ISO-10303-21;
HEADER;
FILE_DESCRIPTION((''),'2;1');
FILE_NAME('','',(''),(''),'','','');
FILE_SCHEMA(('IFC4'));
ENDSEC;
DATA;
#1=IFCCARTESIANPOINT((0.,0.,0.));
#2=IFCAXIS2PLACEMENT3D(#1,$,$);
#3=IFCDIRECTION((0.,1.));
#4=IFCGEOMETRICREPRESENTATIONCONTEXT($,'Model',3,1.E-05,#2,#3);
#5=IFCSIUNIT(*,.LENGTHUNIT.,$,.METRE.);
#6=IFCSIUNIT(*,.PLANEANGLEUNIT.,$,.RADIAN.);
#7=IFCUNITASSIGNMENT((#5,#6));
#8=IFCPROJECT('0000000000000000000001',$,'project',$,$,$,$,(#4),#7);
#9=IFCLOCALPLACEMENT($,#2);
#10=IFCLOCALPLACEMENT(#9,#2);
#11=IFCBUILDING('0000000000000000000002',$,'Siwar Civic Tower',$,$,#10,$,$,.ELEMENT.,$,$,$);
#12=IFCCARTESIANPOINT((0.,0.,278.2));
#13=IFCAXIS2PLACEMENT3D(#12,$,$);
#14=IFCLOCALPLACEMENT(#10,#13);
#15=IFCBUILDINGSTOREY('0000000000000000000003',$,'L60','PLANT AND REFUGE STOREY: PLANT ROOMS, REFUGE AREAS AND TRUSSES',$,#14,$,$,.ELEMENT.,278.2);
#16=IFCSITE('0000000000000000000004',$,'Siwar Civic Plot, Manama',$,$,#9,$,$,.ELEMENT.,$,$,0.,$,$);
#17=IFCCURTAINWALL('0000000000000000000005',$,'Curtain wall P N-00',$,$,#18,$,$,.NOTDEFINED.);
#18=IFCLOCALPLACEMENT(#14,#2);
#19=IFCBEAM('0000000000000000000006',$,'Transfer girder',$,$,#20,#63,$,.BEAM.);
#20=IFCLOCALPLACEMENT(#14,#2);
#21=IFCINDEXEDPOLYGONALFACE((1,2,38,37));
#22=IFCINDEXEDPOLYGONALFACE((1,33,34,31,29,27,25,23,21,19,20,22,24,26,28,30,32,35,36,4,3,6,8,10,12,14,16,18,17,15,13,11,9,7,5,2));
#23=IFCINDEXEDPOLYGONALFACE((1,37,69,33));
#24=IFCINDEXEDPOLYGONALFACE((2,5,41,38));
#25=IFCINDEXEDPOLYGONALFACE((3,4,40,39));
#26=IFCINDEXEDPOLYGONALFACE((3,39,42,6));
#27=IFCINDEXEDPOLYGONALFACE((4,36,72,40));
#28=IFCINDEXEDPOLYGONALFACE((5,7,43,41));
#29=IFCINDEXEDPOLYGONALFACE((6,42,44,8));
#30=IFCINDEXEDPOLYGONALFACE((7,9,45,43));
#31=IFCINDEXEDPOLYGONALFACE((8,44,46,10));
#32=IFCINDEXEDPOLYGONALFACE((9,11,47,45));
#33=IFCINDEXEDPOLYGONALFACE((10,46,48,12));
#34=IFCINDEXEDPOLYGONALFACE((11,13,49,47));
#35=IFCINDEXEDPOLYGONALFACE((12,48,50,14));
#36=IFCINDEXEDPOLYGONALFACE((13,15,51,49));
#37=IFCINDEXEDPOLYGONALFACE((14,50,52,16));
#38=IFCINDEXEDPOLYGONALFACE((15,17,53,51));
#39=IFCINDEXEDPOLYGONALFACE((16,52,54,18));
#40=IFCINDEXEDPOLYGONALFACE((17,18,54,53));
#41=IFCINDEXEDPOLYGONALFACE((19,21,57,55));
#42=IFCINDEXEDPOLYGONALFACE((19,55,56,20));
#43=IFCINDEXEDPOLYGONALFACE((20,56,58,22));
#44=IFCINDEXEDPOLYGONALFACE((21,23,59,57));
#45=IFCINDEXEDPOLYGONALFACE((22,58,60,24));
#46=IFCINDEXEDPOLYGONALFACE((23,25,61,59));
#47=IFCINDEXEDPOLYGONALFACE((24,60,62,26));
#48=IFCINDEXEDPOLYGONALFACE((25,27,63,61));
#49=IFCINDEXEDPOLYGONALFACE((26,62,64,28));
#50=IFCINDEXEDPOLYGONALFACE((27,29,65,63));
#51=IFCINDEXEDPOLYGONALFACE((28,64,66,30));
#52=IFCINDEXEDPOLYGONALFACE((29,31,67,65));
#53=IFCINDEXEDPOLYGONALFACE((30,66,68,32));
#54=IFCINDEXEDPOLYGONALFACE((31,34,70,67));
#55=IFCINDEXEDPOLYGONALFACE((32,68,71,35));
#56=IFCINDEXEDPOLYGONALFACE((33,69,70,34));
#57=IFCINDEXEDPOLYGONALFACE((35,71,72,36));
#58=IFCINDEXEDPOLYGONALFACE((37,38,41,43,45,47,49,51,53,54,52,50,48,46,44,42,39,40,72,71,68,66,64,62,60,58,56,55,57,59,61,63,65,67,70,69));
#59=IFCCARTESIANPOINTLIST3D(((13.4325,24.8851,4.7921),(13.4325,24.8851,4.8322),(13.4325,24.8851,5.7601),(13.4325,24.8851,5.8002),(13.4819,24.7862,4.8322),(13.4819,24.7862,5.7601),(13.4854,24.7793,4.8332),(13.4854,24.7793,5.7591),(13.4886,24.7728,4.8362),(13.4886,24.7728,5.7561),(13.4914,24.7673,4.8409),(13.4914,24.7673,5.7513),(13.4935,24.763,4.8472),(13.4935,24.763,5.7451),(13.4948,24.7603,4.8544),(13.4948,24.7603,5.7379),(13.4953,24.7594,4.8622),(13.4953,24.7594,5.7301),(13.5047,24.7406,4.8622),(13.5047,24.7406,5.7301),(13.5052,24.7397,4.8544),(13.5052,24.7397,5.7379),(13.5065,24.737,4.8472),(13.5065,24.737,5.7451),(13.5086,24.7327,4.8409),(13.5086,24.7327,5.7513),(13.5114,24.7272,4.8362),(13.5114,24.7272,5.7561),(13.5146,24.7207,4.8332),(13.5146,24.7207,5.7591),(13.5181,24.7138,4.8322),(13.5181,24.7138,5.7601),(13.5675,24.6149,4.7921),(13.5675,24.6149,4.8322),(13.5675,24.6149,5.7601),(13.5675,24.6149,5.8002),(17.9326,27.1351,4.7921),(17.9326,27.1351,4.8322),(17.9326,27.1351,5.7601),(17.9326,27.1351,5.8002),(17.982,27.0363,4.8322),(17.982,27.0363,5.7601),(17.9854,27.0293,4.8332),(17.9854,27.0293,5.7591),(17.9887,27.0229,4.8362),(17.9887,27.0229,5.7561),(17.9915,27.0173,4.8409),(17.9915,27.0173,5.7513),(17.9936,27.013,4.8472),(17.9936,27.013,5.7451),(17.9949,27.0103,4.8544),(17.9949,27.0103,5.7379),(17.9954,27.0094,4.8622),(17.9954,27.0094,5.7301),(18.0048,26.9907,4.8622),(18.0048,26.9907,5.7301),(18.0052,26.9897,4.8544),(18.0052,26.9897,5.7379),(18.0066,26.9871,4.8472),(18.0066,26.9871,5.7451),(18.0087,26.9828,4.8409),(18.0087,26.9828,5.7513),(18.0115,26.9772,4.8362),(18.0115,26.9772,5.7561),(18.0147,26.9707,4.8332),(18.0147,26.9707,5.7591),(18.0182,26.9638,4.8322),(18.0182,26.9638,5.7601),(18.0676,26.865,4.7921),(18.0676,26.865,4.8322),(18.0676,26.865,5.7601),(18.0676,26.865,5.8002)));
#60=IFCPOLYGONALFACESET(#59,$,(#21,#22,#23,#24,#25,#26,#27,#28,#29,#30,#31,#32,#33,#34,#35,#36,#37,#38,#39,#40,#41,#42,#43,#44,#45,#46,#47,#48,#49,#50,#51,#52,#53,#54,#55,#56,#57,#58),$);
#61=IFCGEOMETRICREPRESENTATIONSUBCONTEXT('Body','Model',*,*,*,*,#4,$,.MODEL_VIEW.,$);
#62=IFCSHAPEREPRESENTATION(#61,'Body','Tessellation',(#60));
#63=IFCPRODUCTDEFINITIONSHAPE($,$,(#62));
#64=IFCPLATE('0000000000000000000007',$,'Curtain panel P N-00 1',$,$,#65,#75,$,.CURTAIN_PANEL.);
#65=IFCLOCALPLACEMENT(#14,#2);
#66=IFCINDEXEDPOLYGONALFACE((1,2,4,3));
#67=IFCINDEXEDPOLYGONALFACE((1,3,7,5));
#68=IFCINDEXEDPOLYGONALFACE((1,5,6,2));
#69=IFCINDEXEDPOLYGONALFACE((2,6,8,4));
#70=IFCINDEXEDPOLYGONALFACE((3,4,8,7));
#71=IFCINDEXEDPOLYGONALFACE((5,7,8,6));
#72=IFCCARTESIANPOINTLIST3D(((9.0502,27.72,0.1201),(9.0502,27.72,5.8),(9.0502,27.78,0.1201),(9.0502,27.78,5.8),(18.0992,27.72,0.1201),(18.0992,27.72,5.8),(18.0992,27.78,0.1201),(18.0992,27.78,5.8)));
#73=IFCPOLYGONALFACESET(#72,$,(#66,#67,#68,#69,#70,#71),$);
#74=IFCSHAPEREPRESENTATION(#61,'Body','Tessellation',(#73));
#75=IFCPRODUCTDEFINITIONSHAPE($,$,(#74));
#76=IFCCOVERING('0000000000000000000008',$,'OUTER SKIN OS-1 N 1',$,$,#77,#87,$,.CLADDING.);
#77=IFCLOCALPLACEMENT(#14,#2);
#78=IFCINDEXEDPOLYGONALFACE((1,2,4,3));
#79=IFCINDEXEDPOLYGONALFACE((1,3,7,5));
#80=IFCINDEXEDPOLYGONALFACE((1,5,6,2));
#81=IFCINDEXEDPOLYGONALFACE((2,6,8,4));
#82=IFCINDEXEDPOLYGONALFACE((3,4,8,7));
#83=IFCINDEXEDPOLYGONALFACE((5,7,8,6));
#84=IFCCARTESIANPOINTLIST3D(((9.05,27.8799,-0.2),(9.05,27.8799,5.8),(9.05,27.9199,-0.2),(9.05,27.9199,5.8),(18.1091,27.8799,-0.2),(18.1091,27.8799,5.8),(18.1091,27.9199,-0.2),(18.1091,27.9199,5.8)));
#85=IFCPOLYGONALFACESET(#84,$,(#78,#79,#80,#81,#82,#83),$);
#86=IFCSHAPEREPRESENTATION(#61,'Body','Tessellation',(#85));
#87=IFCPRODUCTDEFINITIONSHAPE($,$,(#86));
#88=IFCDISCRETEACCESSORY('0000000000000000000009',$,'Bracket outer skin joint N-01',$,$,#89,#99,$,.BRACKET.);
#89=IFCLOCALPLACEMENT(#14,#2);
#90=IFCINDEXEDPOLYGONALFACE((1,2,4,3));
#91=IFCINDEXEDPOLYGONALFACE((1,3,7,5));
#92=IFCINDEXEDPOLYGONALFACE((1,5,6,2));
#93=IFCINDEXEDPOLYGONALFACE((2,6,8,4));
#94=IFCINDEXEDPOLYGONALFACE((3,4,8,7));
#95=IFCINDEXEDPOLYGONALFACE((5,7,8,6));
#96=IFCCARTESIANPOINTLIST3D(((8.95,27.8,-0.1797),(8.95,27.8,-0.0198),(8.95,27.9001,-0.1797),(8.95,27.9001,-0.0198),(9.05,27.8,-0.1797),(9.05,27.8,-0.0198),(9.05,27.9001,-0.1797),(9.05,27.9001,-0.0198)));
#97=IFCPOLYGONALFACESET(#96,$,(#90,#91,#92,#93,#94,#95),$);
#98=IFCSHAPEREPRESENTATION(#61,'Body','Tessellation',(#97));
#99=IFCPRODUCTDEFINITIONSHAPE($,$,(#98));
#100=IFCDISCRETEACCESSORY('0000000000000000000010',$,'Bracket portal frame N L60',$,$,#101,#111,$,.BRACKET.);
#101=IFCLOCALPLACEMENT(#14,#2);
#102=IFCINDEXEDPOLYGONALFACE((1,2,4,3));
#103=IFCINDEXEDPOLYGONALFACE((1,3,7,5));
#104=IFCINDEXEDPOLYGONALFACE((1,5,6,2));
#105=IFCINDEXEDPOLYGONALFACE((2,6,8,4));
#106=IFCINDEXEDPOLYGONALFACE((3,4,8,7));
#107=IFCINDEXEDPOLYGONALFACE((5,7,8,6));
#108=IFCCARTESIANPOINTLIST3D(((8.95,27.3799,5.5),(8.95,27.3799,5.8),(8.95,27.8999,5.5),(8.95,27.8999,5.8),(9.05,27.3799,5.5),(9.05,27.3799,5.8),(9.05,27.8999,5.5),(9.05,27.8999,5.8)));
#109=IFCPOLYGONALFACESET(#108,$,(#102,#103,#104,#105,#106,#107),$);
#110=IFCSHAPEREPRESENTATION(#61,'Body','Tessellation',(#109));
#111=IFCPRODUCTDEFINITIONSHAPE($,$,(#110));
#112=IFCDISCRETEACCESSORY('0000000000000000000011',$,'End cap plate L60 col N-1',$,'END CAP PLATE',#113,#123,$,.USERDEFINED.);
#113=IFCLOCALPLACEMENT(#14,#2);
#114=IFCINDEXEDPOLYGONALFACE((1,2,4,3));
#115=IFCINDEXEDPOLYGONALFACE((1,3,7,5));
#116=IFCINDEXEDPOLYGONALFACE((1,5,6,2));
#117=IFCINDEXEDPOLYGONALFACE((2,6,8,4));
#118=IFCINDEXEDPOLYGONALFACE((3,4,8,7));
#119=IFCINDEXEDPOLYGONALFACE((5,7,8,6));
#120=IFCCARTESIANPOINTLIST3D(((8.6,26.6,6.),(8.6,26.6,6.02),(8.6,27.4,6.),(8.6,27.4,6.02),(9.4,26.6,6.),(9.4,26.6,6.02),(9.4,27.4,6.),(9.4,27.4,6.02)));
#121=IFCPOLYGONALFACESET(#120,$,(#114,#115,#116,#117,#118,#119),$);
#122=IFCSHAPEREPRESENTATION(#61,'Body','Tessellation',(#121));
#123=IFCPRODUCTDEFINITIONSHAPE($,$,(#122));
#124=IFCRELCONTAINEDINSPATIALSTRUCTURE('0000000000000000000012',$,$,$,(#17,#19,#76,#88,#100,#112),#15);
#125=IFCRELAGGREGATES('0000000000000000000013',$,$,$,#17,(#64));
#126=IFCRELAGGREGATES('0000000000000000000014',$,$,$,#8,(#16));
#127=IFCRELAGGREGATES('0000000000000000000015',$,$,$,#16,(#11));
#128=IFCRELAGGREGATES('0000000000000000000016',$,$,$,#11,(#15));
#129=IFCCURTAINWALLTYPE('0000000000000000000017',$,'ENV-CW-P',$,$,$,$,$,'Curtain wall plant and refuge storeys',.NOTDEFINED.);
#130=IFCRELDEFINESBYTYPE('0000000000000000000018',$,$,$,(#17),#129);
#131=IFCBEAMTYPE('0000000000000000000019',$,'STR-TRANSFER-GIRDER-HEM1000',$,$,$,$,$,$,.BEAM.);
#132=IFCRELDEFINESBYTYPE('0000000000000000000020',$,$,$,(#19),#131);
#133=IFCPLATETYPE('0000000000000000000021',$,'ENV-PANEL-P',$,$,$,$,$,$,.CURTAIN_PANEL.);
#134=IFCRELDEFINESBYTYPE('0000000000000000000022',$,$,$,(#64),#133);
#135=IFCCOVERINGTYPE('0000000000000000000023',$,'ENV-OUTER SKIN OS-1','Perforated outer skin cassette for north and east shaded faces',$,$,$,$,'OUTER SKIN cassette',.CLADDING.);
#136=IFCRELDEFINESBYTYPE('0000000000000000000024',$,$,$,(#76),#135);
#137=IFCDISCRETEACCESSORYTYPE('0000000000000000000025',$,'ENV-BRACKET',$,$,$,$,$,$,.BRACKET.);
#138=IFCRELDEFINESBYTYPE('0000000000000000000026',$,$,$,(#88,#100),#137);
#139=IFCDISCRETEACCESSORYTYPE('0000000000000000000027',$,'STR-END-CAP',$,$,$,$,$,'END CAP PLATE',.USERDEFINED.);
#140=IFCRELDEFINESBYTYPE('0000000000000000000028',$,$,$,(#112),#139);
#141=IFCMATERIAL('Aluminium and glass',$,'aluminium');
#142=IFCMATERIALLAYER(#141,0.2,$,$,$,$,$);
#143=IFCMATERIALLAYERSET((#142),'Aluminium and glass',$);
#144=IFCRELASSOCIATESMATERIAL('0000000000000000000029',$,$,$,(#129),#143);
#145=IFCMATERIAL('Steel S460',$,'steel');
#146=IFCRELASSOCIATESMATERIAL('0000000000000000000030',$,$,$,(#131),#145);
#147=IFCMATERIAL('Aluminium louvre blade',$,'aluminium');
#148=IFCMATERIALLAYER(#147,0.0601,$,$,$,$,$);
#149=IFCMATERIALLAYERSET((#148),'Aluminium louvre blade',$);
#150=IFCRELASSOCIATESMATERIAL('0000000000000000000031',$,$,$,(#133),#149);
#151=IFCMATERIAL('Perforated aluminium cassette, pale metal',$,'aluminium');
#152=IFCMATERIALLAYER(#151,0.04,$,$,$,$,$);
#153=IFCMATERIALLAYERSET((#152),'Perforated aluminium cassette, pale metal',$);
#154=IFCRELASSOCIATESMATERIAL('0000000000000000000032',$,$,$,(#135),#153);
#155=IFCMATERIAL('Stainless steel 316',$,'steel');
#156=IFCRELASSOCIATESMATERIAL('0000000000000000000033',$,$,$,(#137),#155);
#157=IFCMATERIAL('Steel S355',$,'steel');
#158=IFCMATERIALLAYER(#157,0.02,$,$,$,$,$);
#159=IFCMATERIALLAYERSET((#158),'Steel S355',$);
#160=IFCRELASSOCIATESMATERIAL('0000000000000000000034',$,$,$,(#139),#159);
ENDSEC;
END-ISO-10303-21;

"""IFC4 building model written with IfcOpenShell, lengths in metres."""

from ifc_helpers import new_model, si_unit, direction, frame, origin, origin_2d, place, context, subcontext, project, spatial, rectangle, i_section, extrude, material, layer, layer_set, material_profile, profile_set, type_object, element, aggregate, save


model = new_model("IFC4")

# Units and contexts
model_context = context("Model", 3, precision=1e-05, world=origin(), true_north=direction((0.0, 1.0)))
body_context = subcontext(model_context, "Body", "Model", "MODEL_VIEW")
ifc_project = project(units=[si_unit("LENGTHUNIT", "METRE"), si_unit("PLANEANGLEUNIT", "RADIAN")], contexts=[model_context])

# Site, building, storey
site_placement = place(None, origin())
site = spatial("IfcSite", under=ifc_project, at=site_placement, Name="Siwar Civic Plot, Manama", CompositionType="ELEMENT", RefElevation=0.0)
building_placement = place(site_placement, origin())
building = spatial("IfcBuilding", under=site, at=building_placement, Name="Siwar Civic Tower", CompositionType="ELEMENT")
storey_placement = place(building_placement, frame((0.0, 0.0, 278.2)))
storey = spatial("IfcBuildingStorey", under=building, at=storey_placement, Name="L60", Description="PLANT AND REFUGE STOREY: PLANT ROOMS, REFUGE AREAS AND TRUSSES", CompositionType="ELEMENT", Elevation=278.2)

# Curtain wall
ifc_material_1 = material(Name="Aluminium and glass", Category="aluminium")
ifc_layer_1 = layer(ifc_material_1, 0.2)
ifc_layer_set_1 = layer_set([ifc_layer_1], Name="Aluminium and glass")
curtain_wall_type = type_object("IfcCurtainWallType", Name="ENV-CW-P", ElementType="Curtain wall plant and refuge storeys", PredefinedType="NOTDEFINED", material=ifc_layer_set_1)
curtain_wall_placement = place(storey_placement, origin())
curtain_wall = element("IfcCurtainWall", 1, at=curtain_wall_placement, inside=storey, type_object=curtain_wall_type, Name="Curtain wall P N-00", PredefinedType="NOTDEFINED")

# Beam
ifc_material_2 = material(Name="Steel S460", Category="steel")
ifc_material_profile_1 = material_profile(ifc_material_2, i_section(OverallWidth=0.302, OverallDepth=1.0081, WebThickness=0.021, FlangeThickness=0.04, FilletRadius=0.03, at=origin_2d()), Name="HEM1000")
ifc_profile_set_1 = profile_set([ifc_material_profile_1], Name="Steel S460")
beam_type_1 = type_object("IfcBeamType", Name="STR-TRANSFER-GIRDER-HEM1000", PredefinedType="BEAM", material=ifc_profile_set_1)
for number, where, z_axis, x_axis, name in (
    (2, (13.5, 24.75, 5.2961), (0.894427, 0.447214, 0.0), (-0.447214, 0.894427, 0.0), "Transfer girder"),
):
    element("IfcBeam", number, at=place(storey_placement, frame(where, z_axis=z_axis, x_axis=x_axis)), inside=storey, type_object=beam_type_1, Name=name, PredefinedType="BEAM", context=body_context, shape_type="SweptSolid", body=[
        extrude(i_section(OverallWidth=0.302, OverallDepth=1.0081, WebThickness=0.021, FlangeThickness=0.04, FilletRadius=0.03, at=origin_2d()), origin(), (0.0, 0.0, 1.0), 5.0312),
    ])

# Plate
ifc_material_3 = material(Name="Aluminium louvre blade", Category="aluminium")
ifc_layer_2 = layer(ifc_material_3, 0.0601)
ifc_layer_set_2 = layer_set([ifc_layer_2], Name="Aluminium louvre blade")
plate_type = type_object("IfcPlateType", Name="ENV-PANEL-P", PredefinedType="CURTAIN_PANEL", material=ifc_layer_set_2)
plate_placement = place(storey_placement, frame((13.5747, 27.75, 0.1201), z_axis=(0.0, 0.0, 1.0), x_axis=(-1.0, 0.0, 0.0)))
plate = element("IfcPlate", 3, at=plate_placement, type_object=plate_type, Name="Curtain panel P N-00 1", PredefinedType="CURTAIN_PANEL", context=body_context, shape_type="SweptSolid", body=[
    extrude(rectangle(XDim=9.0491, YDim=0.0601, at=origin_2d()), origin(), (0.0, 0.0, 1.0), 5.6799),
])
aggregate(curtain_wall, [plate])

# Covering
ifc_material_4 = material(Name="Perforated aluminium cassette, pale metal", Category="aluminium")
ifc_layer_3 = layer(ifc_material_4, 0.04)
ifc_layer_set_3 = layer_set([ifc_layer_3], Name="Perforated aluminium cassette, pale metal")
covering_type = type_object("IfcCoveringType", Name="ENV-OUTER SKIN OS-1", Description="Perforated outer skin cassette for north and east shaded faces", ElementType="OUTER SKIN cassette", PredefinedType="CLADDING", material=ifc_layer_set_3)
covering_placement = place(storey_placement, frame((13.5796, 27.8999, -0.2), z_axis=(0.0, 0.0, 1.0), x_axis=(-1.0, 0.0, 0.0)))
element("IfcCovering", 4, at=covering_placement, inside=storey, type_object=covering_type, Name="OUTER SKIN OS-1 N 1", PredefinedType="CLADDING", context=body_context, shape_type="SweptSolid", body=[
    extrude(rectangle(XDim=9.0591, YDim=0.04, at=origin_2d()), origin(), (0.0, 0.0, 1.0), 6.0),
])

# Discrete accessories
ifc_material_5 = material(Name="Stainless steel 316", Category="steel")
discrete_accessory_type_1 = type_object("IfcDiscreteAccessoryType", Name="ENV-BRACKET", PredefinedType="BRACKET", material=ifc_material_5)
discrete_accessory_1_placement = place(storey_placement, frame((9.0, 27.8501, -0.1797), z_axis=(0.0, 0.0, 1.0), x_axis=(0.0, 1.0, 0.0)))
element("IfcDiscreteAccessory", 5, at=discrete_accessory_1_placement, inside=storey, type_object=discrete_accessory_type_1, Name="Bracket outer skin joint N-01", PredefinedType="BRACKET", context=body_context, shape_type="SweptSolid", body=[
    extrude(rectangle(XDim=0.1001, YDim=0.1001, at=origin_2d()), origin(), (0.0, 0.0, 1.0), 0.1599),
])
discrete_accessory_2_placement = place(storey_placement, frame((9.0, 27.6399, 5.5), z_axis=(0.0, 0.0, 1.0), x_axis=(0.0, 1.0, 0.0)))
element("IfcDiscreteAccessory", 6, at=discrete_accessory_2_placement, inside=storey, type_object=discrete_accessory_type_1, Name="Bracket portal frame N L60", PredefinedType="BRACKET", context=body_context, shape_type="SweptSolid", body=[
    extrude(rectangle(XDim=0.52, YDim=0.1001, at=origin_2d()), origin(), (0.0, 0.0, 1.0), 0.3),
])
ifc_material_6 = material(Name="Steel S355", Category="steel")
ifc_layer_4 = layer(ifc_material_6, 0.02)
ifc_layer_set_4 = layer_set([ifc_layer_4], Name="Steel S355")
discrete_accessory_type_2 = type_object("IfcDiscreteAccessoryType", Name="STR-END-CAP", ElementType="END CAP PLATE", PredefinedType="USERDEFINED", material=ifc_layer_set_4)
discrete_accessory_3_placement = place(storey_placement, frame((9.0, 27.0, 6.0), z_axis=(0.0, 0.0, 1.0), x_axis=(1.0, 0.0, 0.0)))
element("IfcDiscreteAccessory", 7, at=discrete_accessory_3_placement, inside=storey, type_object=discrete_accessory_type_2, Name="End cap plate L60 col N-1", ObjectType="END CAP PLATE", PredefinedType="USERDEFINED", context=body_context, shape_type="SweptSolid", body=[
    extrude(rectangle(XDim=0.8, YDim=0.8, at=origin_2d()), origin(), (0.0, 0.0, 1.0), 0.02),
])

save(model, "model.ifc")
